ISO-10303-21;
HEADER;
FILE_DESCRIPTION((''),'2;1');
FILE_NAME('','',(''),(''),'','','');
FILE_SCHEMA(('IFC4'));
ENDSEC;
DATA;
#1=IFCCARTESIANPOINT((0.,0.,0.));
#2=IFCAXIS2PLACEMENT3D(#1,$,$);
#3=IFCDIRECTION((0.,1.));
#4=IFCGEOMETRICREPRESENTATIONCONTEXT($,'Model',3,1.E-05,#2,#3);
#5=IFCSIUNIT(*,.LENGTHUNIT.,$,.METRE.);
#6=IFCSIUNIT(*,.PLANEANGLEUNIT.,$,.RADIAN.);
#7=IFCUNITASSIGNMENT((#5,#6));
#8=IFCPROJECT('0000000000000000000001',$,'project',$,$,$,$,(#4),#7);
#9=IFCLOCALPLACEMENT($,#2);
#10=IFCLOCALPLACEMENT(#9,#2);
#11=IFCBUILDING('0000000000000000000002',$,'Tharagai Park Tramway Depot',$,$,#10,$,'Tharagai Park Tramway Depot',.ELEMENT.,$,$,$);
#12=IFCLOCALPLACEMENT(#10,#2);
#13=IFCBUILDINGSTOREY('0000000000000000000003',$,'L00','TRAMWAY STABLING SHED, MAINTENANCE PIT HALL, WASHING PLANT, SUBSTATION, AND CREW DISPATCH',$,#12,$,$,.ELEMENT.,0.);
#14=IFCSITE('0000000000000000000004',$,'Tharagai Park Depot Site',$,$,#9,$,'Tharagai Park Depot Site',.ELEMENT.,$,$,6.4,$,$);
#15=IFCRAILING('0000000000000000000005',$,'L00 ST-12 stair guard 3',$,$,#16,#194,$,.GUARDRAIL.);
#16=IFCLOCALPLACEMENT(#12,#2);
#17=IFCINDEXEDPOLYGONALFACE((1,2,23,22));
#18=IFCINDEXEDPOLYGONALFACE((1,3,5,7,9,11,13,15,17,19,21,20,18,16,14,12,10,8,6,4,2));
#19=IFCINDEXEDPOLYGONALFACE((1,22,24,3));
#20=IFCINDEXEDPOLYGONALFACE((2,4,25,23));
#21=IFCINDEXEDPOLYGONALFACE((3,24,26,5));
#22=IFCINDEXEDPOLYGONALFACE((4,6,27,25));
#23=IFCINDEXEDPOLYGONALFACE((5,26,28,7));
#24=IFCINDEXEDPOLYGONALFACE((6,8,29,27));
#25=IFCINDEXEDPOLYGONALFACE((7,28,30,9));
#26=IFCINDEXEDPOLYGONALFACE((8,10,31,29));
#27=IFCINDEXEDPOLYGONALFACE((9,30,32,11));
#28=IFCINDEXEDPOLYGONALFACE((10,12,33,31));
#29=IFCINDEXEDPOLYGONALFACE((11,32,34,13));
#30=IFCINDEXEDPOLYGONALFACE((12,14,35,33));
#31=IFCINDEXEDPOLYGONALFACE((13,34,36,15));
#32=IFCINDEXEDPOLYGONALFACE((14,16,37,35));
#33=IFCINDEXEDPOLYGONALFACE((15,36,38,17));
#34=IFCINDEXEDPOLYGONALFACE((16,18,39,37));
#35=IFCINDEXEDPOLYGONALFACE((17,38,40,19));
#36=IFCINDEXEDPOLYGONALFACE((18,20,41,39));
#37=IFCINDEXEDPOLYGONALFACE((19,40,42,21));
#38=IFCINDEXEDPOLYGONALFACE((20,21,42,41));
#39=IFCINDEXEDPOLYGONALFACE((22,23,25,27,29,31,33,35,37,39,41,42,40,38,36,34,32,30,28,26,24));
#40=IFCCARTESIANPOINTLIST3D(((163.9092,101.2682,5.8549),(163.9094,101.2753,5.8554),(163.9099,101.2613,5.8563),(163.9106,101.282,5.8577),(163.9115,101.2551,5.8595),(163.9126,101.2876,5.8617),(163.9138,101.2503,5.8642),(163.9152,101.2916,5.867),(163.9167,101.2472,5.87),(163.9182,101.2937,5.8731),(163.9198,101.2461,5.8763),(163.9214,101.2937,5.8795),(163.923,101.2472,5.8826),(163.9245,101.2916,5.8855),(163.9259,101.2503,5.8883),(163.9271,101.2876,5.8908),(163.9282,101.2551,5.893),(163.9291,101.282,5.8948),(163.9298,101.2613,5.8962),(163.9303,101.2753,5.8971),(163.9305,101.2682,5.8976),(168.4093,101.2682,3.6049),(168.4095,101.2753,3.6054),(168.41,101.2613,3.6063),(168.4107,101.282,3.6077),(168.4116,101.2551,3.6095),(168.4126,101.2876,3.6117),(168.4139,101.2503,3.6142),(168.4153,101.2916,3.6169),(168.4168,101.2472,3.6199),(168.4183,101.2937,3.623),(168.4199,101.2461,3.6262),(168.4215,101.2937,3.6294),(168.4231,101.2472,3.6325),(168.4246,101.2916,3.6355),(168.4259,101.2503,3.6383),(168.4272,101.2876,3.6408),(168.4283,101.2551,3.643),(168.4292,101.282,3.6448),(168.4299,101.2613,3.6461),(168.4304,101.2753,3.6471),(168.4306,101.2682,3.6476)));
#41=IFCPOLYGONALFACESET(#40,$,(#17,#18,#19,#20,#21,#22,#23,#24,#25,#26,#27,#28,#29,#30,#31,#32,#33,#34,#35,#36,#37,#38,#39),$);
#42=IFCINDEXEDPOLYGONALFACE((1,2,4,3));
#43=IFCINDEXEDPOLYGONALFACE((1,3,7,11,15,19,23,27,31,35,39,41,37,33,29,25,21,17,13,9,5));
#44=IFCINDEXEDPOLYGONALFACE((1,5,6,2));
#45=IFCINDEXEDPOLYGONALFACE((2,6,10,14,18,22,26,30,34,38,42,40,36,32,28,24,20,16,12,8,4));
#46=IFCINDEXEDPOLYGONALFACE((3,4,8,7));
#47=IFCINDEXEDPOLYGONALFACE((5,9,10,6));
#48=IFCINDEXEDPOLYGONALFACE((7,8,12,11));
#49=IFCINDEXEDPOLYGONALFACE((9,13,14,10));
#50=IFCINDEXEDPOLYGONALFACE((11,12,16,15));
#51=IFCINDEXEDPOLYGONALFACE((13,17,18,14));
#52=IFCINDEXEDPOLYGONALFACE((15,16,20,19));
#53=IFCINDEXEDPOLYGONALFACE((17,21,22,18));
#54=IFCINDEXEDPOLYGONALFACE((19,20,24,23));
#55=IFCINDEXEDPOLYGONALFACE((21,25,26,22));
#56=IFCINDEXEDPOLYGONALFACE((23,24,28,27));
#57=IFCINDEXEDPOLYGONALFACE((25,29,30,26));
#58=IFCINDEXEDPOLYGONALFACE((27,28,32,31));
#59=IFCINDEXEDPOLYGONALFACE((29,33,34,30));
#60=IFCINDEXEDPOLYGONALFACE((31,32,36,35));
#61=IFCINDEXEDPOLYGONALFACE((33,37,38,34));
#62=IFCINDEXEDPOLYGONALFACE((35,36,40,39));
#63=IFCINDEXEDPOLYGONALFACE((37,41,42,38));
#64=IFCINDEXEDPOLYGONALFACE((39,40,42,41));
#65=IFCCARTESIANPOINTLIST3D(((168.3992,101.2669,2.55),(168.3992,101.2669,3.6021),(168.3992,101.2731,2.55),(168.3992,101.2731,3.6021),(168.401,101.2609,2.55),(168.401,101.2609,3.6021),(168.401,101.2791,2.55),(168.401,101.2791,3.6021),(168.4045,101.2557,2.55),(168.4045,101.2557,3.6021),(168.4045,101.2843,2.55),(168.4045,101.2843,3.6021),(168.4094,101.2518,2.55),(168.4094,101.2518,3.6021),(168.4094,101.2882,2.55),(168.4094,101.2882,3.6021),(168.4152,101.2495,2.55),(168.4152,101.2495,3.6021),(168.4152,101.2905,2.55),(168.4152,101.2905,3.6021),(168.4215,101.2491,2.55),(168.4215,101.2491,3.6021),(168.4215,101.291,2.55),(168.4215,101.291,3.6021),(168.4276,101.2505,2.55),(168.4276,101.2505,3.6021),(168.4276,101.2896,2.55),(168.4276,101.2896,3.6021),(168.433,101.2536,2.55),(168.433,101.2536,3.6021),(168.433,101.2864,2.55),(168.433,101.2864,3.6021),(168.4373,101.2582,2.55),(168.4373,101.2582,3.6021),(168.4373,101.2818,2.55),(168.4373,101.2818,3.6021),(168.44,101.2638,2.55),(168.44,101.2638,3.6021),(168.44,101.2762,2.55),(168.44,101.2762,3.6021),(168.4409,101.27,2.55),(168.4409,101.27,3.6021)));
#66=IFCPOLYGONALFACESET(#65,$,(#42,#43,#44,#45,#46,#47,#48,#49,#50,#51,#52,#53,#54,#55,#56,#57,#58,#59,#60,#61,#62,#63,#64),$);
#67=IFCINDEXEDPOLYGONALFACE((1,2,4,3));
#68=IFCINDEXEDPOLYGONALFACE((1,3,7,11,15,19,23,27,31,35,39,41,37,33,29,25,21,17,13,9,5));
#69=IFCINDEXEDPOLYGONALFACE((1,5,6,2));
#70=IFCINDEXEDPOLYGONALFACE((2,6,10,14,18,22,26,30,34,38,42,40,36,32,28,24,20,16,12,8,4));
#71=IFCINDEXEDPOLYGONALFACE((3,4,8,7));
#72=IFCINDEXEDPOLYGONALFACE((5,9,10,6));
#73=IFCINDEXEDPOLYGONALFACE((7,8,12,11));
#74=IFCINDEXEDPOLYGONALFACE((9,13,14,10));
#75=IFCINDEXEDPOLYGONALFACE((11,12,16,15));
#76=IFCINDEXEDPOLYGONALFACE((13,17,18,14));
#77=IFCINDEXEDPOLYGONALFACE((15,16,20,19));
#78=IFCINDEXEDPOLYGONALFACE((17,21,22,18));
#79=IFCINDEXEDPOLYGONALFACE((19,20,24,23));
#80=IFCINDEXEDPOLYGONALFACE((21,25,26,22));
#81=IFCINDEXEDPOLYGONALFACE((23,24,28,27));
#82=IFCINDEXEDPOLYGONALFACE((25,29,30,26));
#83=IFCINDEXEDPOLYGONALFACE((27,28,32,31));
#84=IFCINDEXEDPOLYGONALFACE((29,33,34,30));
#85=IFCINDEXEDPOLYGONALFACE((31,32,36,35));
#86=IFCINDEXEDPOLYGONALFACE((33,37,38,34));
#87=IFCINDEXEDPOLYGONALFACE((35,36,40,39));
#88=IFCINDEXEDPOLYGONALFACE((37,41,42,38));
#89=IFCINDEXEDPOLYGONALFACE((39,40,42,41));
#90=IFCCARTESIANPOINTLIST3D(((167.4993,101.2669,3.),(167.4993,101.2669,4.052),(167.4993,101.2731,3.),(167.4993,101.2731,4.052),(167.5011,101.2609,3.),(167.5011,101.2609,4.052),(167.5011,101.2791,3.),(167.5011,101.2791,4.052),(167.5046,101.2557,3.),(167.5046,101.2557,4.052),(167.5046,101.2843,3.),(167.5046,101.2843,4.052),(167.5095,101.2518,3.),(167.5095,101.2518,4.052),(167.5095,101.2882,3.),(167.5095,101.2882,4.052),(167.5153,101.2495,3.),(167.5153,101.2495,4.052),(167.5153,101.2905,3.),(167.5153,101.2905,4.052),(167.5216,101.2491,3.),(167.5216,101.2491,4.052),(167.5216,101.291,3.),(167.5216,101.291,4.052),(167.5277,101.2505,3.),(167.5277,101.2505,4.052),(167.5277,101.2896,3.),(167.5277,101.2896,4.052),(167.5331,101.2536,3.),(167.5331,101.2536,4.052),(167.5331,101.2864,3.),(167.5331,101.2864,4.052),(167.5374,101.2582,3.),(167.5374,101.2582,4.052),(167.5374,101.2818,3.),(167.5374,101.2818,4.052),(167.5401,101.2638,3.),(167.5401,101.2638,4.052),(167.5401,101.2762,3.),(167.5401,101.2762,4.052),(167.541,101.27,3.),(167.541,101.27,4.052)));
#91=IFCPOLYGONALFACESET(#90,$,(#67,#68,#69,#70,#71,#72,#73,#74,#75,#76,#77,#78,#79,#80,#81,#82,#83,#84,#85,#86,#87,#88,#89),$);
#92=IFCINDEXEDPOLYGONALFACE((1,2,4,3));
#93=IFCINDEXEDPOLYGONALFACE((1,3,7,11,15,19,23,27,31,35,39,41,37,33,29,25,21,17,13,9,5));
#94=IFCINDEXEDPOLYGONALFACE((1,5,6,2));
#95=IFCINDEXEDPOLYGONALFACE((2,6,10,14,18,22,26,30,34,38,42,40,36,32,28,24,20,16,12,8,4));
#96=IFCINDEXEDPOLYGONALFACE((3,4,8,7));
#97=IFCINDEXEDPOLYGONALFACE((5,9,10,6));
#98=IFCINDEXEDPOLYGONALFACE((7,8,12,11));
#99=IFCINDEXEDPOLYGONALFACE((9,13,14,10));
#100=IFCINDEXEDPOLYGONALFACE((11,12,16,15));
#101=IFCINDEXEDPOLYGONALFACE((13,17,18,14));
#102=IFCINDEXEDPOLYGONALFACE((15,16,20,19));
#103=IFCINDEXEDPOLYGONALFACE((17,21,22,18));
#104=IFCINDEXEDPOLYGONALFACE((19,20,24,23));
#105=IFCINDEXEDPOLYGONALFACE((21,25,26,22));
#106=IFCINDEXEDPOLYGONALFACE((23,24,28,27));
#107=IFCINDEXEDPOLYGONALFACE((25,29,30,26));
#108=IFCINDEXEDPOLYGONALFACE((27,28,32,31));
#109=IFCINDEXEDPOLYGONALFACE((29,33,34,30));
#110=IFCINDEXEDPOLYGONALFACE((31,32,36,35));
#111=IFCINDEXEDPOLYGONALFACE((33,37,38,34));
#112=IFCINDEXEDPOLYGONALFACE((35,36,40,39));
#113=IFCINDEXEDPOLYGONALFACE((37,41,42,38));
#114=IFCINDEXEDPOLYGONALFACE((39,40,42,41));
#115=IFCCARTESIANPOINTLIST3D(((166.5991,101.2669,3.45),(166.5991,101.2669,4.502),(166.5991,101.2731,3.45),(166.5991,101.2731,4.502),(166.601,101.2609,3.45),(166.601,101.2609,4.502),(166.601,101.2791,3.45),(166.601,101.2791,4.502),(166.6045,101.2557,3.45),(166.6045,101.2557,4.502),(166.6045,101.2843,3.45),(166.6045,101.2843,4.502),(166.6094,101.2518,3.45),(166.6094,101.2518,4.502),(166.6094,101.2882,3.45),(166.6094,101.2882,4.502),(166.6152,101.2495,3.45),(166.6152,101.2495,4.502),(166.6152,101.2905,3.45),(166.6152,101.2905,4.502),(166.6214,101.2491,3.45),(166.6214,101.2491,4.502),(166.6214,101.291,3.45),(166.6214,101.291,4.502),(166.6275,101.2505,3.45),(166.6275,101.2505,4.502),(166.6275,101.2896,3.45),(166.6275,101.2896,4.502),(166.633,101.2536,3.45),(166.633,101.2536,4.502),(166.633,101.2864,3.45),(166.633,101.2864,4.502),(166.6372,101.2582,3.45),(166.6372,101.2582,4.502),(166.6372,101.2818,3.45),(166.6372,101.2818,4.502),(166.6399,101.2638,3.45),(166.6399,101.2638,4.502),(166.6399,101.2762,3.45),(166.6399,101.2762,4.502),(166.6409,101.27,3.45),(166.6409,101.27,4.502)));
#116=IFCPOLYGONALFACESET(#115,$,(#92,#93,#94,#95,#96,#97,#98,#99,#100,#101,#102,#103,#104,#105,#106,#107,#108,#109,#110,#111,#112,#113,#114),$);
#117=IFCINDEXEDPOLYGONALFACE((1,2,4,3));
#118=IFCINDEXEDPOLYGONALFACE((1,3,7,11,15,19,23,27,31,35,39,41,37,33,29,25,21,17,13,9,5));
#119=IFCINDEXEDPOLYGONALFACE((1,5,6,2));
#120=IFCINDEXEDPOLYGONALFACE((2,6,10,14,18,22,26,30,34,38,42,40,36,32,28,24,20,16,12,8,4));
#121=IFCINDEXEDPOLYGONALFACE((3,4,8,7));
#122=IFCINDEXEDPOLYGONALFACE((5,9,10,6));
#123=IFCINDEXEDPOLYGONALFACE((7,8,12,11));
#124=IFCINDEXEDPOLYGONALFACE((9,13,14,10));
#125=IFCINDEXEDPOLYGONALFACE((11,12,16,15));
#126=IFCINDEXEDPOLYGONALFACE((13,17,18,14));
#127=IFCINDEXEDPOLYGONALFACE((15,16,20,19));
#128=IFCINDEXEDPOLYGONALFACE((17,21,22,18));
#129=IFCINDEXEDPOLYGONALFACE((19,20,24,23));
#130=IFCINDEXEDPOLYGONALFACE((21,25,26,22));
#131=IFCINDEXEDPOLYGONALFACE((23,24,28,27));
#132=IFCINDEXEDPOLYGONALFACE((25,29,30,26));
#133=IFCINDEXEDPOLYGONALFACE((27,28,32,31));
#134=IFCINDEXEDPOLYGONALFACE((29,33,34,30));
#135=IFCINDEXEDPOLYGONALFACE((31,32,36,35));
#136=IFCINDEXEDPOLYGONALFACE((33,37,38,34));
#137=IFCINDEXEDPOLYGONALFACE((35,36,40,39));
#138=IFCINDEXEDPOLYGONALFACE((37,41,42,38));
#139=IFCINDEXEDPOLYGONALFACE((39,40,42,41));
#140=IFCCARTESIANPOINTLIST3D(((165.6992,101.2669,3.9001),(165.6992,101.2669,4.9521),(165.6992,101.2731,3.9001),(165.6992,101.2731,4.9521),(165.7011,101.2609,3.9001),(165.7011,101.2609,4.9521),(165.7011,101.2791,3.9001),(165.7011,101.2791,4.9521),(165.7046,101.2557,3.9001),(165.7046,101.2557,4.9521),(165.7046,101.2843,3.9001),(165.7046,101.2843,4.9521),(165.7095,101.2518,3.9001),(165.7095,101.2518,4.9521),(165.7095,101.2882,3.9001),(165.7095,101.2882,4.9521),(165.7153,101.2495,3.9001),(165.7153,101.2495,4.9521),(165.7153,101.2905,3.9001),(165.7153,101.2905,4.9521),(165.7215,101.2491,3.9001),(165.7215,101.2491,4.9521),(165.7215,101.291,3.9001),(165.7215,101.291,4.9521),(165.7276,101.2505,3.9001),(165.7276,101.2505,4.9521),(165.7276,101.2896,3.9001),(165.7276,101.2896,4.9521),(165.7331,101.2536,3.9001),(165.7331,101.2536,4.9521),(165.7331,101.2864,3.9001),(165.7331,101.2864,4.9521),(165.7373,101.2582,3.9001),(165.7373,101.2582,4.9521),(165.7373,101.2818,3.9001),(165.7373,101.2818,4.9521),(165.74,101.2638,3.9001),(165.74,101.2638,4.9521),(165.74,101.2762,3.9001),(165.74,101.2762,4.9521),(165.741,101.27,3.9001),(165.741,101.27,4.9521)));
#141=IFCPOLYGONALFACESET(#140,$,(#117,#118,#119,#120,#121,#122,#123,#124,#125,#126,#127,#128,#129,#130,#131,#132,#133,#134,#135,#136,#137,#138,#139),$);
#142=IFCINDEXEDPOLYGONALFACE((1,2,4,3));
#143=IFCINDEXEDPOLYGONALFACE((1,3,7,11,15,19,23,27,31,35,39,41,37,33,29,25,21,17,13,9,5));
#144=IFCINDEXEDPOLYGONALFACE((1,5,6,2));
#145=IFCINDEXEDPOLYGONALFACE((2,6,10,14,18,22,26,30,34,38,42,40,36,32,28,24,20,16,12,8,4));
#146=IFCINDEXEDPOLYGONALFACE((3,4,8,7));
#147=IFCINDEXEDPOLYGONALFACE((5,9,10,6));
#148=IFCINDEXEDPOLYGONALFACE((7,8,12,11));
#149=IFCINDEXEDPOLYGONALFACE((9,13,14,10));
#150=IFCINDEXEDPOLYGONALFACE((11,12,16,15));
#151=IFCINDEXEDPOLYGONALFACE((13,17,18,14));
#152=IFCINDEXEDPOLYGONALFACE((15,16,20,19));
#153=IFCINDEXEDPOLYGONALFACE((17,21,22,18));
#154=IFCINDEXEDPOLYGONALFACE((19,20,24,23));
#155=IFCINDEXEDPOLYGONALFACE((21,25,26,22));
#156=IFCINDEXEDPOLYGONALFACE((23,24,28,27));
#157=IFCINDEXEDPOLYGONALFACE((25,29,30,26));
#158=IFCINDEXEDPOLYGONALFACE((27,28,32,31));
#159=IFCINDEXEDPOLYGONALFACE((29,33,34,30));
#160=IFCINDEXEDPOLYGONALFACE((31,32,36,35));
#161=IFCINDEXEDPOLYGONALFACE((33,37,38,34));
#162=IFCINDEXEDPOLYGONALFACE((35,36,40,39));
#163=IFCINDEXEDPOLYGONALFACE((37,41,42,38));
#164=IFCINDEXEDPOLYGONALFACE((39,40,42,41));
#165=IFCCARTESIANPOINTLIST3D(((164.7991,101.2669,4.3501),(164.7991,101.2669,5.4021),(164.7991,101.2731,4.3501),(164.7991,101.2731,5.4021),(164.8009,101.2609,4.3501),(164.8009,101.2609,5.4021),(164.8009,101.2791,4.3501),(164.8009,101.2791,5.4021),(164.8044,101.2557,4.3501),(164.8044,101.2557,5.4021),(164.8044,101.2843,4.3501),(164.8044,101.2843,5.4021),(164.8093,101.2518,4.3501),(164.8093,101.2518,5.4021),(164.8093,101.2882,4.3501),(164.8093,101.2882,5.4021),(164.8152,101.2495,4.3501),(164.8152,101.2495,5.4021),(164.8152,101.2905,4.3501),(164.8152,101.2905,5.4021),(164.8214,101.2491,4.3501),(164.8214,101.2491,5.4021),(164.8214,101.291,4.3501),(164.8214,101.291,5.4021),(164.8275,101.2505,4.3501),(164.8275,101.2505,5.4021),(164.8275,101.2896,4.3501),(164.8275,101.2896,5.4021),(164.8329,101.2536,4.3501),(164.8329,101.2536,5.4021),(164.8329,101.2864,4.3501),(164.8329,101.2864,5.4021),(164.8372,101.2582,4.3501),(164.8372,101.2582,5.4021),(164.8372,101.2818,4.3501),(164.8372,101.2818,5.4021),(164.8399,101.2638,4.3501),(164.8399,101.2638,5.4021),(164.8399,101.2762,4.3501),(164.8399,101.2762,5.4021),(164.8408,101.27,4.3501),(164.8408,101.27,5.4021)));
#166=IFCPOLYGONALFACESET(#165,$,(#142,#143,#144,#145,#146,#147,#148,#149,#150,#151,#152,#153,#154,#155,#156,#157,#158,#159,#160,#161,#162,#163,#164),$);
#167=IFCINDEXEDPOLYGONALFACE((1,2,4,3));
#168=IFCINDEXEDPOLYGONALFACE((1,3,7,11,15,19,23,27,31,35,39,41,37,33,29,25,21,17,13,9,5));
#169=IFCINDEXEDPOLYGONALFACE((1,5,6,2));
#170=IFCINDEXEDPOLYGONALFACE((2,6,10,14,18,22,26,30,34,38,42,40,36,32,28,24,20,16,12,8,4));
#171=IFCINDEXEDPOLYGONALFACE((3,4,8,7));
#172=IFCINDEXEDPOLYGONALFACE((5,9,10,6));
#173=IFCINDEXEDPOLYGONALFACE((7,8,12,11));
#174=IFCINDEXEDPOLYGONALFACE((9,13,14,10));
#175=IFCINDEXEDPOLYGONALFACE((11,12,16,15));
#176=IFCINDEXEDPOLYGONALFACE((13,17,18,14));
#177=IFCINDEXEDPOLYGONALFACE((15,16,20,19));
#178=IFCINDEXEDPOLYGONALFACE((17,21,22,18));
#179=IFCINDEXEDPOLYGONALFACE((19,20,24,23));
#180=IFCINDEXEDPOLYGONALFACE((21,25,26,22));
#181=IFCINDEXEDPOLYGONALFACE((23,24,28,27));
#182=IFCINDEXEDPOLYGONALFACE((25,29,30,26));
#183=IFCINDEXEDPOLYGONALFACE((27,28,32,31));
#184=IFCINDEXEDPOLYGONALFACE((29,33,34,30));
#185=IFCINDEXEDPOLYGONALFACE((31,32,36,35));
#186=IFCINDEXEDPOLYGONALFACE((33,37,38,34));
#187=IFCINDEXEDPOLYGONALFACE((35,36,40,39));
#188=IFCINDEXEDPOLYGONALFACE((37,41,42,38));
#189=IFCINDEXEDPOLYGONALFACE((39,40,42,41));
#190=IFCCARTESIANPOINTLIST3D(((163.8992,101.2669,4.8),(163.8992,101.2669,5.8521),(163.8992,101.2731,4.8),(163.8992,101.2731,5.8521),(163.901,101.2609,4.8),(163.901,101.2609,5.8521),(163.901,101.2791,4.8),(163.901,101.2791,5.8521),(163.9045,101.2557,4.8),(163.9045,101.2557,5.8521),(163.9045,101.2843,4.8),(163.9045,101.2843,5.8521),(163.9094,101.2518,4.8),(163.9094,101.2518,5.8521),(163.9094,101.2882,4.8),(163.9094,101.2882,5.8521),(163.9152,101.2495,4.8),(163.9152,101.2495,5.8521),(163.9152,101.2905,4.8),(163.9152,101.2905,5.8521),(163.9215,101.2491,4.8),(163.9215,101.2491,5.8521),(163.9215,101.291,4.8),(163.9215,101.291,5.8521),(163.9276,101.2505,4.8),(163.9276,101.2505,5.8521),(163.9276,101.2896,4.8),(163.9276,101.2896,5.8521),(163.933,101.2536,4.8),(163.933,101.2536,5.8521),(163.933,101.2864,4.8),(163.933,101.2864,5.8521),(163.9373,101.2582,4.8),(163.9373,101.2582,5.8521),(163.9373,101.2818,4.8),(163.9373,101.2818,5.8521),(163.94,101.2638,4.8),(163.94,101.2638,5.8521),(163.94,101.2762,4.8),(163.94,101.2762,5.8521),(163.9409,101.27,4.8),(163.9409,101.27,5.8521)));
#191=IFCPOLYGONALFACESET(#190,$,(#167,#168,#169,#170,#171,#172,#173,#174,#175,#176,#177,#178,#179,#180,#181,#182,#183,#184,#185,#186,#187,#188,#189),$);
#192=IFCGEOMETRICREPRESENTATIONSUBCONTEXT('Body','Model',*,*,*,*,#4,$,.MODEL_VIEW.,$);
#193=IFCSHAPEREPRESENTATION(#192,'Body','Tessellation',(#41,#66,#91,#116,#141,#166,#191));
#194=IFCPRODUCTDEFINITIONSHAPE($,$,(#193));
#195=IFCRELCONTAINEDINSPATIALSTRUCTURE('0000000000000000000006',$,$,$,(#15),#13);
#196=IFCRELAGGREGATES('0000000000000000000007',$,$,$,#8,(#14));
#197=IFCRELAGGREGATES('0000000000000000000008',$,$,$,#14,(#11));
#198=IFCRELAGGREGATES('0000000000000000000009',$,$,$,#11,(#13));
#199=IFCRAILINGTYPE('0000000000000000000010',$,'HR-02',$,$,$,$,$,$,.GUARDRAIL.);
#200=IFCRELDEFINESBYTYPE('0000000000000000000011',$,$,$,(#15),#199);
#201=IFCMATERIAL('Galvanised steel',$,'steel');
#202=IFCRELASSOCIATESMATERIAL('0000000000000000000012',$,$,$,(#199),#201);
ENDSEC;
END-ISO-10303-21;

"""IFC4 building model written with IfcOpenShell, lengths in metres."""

from ifc_helpers import new_model, si_unit, direction, frame, origin, origin_2d, place, context, subcontext, project, spatial, circle, extrude, material, type_object, element, save


model = new_model("IFC4")

# Units and contexts
model_context = context("Model", 3, precision=1e-05, world=origin(), true_north=direction((0.0, 1.0)))
body_context = subcontext(model_context, "Body", "Model", "MODEL_VIEW")
ifc_project = project(units=[si_unit("LENGTHUNIT", "METRE"), si_unit("PLANEANGLEUNIT", "RADIAN")], contexts=[model_context])

# Site, building, storey
site_placement = place(None, origin())
site = spatial("IfcSite", under=ifc_project, at=site_placement, Name="Tharagai Park Depot Site", LongName="Tharagai Park Depot Site", CompositionType="ELEMENT", RefElevation=6.4)
building_placement = place(site_placement, origin())
building = spatial("IfcBuilding", under=site, at=building_placement, Name="Tharagai Park Tramway Depot", LongName="Tharagai Park Tramway Depot", CompositionType="ELEMENT")
storey_placement = place(building_placement, origin())
storey = spatial("IfcBuildingStorey", under=building, at=storey_placement, Name="L00", Description="TRAMWAY STABLING SHED, MAINTENANCE PIT HALL, WASHING PLANT, SUBSTATION, AND CREW DISPATCH", CompositionType="ELEMENT", Elevation=0.0)

# Shared definitions
ifc_material_1 = material(Name="Galvanised steel", Category="steel")

# Railing
railing_type_1 = type_object("IfcRailingType", Name="HR-02", PredefinedType="GUARDRAIL", material=ifc_material_1)
railing_1_placement = place(storey_placement, frame((168.4199, 101.27, 2.55)))
element("IfcRailing", 1, at=railing_1_placement, inside=storey, type_object=railing_type_1, Name="L00 ST-12 stair guard 3", PredefinedType="GUARDRAIL", context=body_context, shape_type="SweptSolid", body=[
    extrude(circle(Radius=0.0239, at=origin_2d()), frame((0.0, 0.0, 1.0762), z_axis=(-0.894427, 0.0, 0.447214), x_axis=(0.0, -1.0, 0.0)), (0.0, 0.0, 1.0), 5.0312),
    extrude(circle(Radius=0.021, at=origin_2d()), origin(), (0.0, 0.0, 1.0), 1.052),
    extrude(circle(Radius=0.021, at=origin_2d()), frame((-0.8999, 0.0, 0.45)), (0.0, 0.0, 1.0), 1.052),
    extrude(circle(Radius=0.021, at=origin_2d()), frame((-1.8, 0.0, 0.8999)), (0.0, 0.0, 1.0), 1.052),
    extrude(circle(Radius=0.021, at=origin_2d()), frame((-2.7, 0.0, 1.3501)), (0.0, 0.0, 1.0), 1.052),
    extrude(circle(Radius=0.021, at=origin_2d()), frame((-3.6001, 0.0, 1.8)), (0.0, 0.0, 1.0), 1.052),
    extrude(circle(Radius=0.021, at=origin_2d()), frame((-4.5, 0.0, 2.25)), (0.0, 0.0, 1.0), 1.052),
])

save(model, "model.ifc")
